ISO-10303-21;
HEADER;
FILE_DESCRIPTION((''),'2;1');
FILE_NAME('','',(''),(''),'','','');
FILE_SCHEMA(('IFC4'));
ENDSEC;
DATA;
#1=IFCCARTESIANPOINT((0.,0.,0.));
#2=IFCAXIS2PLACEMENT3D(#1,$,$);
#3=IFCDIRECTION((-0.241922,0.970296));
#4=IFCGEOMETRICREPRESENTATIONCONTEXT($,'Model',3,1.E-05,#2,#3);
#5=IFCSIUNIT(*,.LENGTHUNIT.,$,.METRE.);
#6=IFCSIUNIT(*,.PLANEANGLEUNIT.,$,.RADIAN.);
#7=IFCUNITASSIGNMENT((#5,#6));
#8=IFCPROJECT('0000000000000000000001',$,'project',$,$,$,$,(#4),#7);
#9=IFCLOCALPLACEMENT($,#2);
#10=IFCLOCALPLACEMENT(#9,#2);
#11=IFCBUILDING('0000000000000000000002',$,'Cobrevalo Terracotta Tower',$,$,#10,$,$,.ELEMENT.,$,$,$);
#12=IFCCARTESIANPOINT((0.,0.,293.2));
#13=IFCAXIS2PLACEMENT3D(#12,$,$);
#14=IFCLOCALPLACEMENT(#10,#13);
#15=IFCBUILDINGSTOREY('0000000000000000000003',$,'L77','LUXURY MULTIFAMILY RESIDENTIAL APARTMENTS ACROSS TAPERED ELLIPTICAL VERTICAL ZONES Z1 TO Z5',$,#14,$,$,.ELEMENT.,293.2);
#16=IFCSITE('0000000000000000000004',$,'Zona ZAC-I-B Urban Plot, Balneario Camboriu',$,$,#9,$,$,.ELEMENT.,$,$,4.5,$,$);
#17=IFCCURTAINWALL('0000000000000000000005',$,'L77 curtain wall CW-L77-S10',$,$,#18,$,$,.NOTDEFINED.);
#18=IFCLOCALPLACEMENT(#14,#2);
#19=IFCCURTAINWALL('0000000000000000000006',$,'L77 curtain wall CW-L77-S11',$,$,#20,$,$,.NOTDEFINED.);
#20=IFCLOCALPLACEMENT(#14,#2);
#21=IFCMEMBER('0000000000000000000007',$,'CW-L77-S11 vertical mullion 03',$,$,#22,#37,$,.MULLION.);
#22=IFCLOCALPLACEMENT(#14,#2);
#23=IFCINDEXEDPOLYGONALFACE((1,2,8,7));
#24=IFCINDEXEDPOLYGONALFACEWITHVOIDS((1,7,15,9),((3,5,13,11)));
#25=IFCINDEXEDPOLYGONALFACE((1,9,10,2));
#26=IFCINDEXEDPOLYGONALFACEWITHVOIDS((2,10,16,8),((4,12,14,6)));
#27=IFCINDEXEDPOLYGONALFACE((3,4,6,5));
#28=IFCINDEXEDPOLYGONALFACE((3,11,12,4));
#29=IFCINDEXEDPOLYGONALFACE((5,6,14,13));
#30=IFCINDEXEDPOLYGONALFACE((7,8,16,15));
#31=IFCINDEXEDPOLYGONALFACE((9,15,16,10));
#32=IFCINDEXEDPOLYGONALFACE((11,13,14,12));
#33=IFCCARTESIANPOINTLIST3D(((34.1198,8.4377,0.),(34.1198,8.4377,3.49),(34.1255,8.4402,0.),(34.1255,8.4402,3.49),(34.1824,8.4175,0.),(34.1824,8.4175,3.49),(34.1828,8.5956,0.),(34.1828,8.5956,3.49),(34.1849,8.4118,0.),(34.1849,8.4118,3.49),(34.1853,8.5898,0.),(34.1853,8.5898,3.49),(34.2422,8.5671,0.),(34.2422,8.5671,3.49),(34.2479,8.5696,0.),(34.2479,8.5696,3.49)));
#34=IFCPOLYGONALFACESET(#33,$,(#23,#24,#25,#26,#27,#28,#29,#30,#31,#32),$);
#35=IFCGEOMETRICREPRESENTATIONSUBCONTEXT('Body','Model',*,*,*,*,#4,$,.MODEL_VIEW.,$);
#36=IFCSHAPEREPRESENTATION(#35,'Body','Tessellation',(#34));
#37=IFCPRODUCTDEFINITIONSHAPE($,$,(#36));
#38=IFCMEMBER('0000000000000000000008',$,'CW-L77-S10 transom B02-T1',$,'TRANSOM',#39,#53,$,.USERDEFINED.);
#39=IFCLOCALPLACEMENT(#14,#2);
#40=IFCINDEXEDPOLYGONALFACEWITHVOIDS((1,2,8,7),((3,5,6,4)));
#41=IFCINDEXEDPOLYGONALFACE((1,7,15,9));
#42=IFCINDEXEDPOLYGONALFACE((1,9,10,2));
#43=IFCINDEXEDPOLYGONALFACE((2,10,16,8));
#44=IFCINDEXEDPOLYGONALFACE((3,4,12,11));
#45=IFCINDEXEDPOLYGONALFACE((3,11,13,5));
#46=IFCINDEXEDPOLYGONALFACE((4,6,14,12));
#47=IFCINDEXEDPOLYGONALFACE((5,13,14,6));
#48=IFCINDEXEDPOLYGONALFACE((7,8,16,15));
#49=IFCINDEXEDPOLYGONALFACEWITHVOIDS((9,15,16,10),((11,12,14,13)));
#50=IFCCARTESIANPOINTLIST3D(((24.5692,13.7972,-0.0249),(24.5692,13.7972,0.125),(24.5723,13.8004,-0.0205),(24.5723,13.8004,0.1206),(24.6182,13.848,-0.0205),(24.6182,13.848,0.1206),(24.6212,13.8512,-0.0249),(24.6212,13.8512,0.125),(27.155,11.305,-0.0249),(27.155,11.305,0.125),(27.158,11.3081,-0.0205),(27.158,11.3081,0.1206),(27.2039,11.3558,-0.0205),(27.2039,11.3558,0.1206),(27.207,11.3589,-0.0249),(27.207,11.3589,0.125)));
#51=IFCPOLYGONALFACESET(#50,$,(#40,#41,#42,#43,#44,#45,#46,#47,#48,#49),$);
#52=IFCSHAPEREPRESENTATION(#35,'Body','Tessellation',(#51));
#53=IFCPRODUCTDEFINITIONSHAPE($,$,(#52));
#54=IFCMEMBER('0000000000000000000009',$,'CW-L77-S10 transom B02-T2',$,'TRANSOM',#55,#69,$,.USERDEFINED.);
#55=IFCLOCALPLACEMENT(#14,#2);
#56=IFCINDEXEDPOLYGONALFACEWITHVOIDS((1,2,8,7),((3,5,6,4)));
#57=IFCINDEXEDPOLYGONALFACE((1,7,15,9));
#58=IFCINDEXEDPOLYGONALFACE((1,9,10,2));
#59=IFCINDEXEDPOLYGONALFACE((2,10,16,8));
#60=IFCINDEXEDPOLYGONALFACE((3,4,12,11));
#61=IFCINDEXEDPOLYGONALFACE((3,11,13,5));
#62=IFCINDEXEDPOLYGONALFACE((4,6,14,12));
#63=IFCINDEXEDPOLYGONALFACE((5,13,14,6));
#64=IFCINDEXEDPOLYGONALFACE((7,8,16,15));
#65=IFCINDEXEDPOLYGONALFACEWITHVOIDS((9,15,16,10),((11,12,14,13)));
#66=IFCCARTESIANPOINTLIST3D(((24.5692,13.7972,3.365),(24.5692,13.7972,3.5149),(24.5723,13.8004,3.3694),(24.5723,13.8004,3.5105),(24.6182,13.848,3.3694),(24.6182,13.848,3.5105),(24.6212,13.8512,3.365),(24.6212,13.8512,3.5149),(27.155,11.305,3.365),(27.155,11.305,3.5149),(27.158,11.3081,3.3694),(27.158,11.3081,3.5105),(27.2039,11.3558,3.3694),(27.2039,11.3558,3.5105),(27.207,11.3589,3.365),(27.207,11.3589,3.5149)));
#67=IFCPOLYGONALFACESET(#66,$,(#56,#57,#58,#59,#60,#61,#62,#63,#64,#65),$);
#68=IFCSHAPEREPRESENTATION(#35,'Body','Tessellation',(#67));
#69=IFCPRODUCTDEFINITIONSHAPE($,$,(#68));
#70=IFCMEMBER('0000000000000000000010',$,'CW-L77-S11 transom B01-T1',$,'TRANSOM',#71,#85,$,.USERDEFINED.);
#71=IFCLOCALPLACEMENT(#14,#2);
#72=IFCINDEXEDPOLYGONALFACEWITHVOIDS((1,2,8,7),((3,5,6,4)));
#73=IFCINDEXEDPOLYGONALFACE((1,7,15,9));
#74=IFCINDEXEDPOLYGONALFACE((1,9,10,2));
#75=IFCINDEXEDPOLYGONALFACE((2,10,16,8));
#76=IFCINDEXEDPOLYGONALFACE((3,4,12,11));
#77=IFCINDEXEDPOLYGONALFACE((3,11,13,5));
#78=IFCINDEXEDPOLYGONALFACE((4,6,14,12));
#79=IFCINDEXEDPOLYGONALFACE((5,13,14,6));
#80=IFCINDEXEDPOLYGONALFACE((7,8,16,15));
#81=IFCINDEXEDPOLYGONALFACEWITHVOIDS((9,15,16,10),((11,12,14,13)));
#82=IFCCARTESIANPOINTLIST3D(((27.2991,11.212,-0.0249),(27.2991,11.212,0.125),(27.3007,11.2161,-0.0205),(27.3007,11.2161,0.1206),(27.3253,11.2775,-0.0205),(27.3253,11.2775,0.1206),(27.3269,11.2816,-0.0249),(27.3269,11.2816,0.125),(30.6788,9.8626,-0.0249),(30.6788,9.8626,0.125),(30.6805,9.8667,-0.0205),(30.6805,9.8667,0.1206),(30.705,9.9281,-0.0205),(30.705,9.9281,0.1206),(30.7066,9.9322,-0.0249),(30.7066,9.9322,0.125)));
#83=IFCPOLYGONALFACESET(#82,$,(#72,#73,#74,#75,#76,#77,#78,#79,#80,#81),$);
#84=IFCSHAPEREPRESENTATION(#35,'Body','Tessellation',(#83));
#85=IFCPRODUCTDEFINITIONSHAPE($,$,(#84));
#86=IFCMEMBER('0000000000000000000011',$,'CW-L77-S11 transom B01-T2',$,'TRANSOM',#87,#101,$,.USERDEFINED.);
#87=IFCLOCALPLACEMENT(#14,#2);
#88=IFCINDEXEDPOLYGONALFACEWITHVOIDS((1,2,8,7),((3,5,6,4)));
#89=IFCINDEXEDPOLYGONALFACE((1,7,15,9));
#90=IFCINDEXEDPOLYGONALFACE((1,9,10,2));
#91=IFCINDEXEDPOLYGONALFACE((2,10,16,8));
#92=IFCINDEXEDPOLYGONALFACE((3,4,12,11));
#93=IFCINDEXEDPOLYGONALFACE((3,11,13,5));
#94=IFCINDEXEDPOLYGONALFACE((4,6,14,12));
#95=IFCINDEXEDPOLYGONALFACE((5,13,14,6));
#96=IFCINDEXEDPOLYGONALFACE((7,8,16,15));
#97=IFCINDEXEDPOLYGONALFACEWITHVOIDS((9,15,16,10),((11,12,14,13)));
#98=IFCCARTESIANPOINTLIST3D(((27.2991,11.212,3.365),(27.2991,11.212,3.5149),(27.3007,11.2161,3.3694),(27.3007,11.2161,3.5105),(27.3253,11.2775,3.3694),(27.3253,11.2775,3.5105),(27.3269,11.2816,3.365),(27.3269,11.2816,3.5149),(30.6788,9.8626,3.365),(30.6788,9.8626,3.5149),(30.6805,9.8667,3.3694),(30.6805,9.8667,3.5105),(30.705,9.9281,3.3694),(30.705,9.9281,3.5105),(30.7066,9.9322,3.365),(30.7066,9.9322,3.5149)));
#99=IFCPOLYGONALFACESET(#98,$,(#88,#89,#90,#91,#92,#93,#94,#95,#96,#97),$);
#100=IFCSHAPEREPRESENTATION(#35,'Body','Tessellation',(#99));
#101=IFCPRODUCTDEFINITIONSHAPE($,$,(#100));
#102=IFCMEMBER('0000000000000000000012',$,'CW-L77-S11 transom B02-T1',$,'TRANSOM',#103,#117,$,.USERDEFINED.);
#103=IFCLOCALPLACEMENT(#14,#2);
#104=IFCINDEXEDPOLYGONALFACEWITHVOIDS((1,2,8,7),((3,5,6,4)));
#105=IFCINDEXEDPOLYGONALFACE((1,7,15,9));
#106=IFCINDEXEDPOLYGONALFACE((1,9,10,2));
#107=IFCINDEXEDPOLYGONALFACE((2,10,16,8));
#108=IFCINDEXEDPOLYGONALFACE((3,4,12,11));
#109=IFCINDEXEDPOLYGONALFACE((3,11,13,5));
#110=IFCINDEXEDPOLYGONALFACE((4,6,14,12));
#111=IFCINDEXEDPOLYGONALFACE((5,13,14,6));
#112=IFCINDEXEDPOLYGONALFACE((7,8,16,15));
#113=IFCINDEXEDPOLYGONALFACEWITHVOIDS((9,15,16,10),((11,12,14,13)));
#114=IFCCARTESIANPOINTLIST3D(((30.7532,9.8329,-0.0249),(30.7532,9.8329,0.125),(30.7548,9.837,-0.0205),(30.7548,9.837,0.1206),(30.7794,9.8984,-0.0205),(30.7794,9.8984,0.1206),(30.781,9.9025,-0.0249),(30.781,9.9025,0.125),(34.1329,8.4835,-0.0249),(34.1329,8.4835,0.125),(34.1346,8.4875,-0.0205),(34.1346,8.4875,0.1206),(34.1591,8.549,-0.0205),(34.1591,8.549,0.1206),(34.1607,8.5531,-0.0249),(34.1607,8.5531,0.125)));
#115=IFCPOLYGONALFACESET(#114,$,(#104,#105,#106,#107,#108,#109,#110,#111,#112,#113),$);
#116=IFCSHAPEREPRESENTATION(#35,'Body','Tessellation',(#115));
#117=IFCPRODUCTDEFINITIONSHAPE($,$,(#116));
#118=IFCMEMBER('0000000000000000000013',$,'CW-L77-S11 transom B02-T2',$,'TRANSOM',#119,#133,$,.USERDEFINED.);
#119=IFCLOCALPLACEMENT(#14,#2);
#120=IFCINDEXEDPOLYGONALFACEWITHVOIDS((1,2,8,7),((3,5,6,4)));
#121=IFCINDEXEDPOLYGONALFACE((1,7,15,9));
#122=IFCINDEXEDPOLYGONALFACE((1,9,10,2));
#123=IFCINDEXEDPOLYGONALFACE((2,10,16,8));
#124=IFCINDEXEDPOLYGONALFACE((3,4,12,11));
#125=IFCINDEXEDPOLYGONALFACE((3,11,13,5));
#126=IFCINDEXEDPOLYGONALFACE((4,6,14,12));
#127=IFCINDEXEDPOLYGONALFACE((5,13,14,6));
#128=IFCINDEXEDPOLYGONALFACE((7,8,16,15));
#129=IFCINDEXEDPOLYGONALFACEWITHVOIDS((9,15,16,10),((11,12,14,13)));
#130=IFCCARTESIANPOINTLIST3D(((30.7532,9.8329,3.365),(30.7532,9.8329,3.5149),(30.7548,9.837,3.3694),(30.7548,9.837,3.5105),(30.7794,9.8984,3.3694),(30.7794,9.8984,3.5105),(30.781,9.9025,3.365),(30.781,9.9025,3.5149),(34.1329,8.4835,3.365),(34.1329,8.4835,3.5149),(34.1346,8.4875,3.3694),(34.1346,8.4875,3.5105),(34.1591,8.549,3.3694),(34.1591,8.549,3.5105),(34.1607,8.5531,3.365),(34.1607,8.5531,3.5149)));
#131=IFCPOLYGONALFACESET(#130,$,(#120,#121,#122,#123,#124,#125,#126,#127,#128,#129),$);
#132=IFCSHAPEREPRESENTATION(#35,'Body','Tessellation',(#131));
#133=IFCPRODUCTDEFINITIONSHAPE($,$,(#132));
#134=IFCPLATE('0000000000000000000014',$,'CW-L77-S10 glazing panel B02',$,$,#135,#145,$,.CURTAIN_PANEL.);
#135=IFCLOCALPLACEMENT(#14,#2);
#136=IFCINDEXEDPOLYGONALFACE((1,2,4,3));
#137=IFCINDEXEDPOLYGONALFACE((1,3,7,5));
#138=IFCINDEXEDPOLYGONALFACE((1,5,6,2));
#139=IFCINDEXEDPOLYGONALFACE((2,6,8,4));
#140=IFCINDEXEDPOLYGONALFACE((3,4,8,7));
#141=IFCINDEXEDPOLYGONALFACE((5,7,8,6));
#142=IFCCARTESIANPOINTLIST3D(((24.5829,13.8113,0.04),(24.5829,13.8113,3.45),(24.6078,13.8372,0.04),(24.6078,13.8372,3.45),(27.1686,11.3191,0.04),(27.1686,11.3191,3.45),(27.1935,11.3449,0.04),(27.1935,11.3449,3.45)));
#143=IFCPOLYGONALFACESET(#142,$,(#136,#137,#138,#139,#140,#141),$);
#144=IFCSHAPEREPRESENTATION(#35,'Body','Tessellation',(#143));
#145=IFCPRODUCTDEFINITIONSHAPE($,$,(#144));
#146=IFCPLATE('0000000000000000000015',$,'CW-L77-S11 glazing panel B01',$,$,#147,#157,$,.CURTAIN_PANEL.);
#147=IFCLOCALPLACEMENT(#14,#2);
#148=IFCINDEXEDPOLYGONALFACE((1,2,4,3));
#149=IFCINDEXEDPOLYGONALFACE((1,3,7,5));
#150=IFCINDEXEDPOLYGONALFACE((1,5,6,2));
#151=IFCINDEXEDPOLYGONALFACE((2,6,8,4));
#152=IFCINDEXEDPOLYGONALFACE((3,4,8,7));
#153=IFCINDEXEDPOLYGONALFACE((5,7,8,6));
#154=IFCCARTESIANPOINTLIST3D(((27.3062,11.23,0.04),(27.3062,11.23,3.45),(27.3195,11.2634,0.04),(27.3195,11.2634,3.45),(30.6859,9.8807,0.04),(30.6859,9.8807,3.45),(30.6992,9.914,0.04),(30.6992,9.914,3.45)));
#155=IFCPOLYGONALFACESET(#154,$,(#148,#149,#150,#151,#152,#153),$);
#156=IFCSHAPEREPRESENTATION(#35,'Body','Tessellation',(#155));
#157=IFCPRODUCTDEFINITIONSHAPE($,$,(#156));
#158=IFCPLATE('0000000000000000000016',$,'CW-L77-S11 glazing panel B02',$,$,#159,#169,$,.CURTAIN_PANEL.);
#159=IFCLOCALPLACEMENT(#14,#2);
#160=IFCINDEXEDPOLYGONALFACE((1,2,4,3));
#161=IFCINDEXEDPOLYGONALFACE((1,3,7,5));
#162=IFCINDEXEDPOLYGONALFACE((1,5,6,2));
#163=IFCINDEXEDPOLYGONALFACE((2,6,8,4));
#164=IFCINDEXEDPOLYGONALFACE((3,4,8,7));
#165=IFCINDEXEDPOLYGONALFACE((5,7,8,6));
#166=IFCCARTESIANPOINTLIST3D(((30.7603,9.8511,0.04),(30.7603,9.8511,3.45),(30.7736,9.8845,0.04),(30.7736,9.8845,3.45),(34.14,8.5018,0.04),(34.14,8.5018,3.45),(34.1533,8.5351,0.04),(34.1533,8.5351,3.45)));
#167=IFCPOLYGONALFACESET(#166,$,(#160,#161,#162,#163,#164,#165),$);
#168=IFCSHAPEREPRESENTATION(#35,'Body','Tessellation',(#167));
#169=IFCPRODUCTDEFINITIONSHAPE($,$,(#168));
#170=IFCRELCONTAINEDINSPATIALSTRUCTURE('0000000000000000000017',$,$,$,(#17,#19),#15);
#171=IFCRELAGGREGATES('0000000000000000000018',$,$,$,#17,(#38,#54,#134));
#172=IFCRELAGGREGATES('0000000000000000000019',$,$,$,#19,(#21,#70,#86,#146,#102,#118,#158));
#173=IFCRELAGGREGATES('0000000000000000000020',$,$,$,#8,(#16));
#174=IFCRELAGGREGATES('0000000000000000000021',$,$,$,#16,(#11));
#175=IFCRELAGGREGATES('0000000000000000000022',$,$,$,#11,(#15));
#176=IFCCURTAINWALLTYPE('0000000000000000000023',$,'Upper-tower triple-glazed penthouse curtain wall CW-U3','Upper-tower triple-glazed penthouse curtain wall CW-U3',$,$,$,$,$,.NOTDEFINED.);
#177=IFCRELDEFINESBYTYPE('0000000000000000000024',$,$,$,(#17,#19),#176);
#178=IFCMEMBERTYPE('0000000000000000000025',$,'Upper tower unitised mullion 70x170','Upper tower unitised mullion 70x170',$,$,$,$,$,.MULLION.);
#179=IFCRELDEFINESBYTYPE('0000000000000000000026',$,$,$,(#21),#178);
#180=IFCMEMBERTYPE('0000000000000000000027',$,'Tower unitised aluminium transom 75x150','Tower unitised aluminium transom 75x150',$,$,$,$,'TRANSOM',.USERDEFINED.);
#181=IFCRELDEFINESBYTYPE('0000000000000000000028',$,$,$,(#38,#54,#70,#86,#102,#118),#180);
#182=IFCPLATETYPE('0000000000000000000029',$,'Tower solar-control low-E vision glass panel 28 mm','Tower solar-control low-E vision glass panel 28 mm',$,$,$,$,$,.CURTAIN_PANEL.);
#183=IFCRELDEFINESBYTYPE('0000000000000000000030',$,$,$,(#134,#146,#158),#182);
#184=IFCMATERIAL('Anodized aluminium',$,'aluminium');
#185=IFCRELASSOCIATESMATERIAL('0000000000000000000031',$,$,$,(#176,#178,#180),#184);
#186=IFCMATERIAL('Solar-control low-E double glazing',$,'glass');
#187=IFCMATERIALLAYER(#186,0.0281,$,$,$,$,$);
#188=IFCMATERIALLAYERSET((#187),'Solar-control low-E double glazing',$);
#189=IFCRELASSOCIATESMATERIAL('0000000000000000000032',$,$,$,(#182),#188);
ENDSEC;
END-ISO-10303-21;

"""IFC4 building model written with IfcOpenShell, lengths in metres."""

from ifc_helpers import new_model, si_unit, direction, frame, origin, origin_2d, place, context, subcontext, project, spatial, rectangle, hollow_rectangle, extrude, source, transform, mapped, material, layer, layer_set, material_profile, profile_set, type_object, element, aggregate, save


model = new_model("IFC4")

# Units and contexts
model_context = context("Model", 3, precision=1e-05, world=origin(), true_north=direction((-0.241922, 0.970296)))
body_context = subcontext(model_context, "Body", "Model", "MODEL_VIEW")
ifc_project = project(units=[si_unit("LENGTHUNIT", "METRE"), si_unit("PLANEANGLEUNIT", "RADIAN")], contexts=[model_context])

# Site, building, storey
site_placement = place(None, origin())
site = spatial("IfcSite", under=ifc_project, at=site_placement, Name="Zona ZAC-I-B Urban Plot, Balneario Camboriu", CompositionType="ELEMENT", RefElevation=4.5)
building_placement = place(site_placement, origin())
building = spatial("IfcBuilding", under=site, at=building_placement, Name="Cobrevalo Terracotta Tower", CompositionType="ELEMENT")
storey_placement = place(building_placement, frame((0.0, 0.0, 293.2)))
storey = spatial("IfcBuildingStorey", under=building, at=storey_placement, Name="L77", Description="LUXURY MULTIFAMILY RESIDENTIAL APARTMENTS ACROSS TAPERED ELLIPTICAL VERTICAL ZONES Z1 TO Z5", CompositionType="ELEMENT", Elevation=293.2)

# Curtain wall
ifc_material_1 = material(Name="Anodized aluminium", Category="aluminium")
curtain_wall_type = type_object("IfcCurtainWallType", Name="Upper-tower triple-glazed penthouse curtain wall CW-U3", Description="Upper-tower triple-glazed penthouse curtain wall CW-U3", PredefinedType="NOTDEFINED", material=ifc_material_1)
curtain_wall_1_placement = place(storey_placement, origin())
curtain_wall_1 = element("IfcCurtainWall", 1, at=curtain_wall_1_placement, inside=storey, type_object=curtain_wall_type, Name="L77 curtain wall CW-L77-S10", PredefinedType="NOTDEFINED")
ifc_material_profile_1 = material_profile(ifc_material_1, hollow_rectangle(XDim=0.0701, YDim=0.1699, WallThickness=0.0044, at=origin_2d()), Name="CWM 70x170")
ifc_profile_set_1 = profile_set([ifc_material_profile_1], Name="Anodized aluminium")
member_type_1 = type_object("IfcMemberType", Name="Upper tower unitised mullion 70x170", Description="Upper tower unitised mullion 70x170", PredefinedType="MULLION", material=ifc_profile_set_1)
shared_shape_1 = source(origin(), body_context, "Body", "SweptSolid", [
    extrude(hollow_rectangle(XDim=0.0701, YDim=0.1699, WallThickness=0.0044, at=origin_2d()), origin(), (0.0, 0.0, 1.0), 3.49),
])

# Curtain wall, member
curtain_wall_2_placement = place(storey_placement, origin())
curtain_wall_2 = element("IfcCurtainWall", 2, at=curtain_wall_2_placement, inside=storey, type_object=curtain_wall_type, Name="L77 curtain wall CW-L77-S11", PredefinedType="NOTDEFINED")
member_1_placement = place(storey_placement, frame((34.1838, 8.5037, 0.0), z_axis=(0.0, 0.0, 1.0), x_axis=(0.928719, -0.370784, 0.0)))
member_1 = element("IfcMember", 3, at=member_1_placement, type_object=member_type_1, Name="CW-L77-S11 vertical mullion 03", PredefinedType="MULLION", context=body_context, shape_type="MappedRepresentation", body=[
    mapped(shared_shape_1, transform((0.0, 0.0, 0.0), scale=1.0)),
])

# Members
ifc_material_profile_2 = material_profile(ifc_material_1, hollow_rectangle(XDim=0.075, YDim=0.1499, WallThickness=0.0044, at=origin_2d()), Name="CWT 75x150")
ifc_profile_set_2 = profile_set([ifc_material_profile_2], Name="Anodized aluminium")
member_type_2 = type_object("IfcMemberType", Name="Tower unitised aluminium transom 75x150", Description="Tower unitised aluminium transom 75x150", ElementType="TRANSOM", PredefinedType="USERDEFINED", material=ifc_profile_set_2)
shared_shape_2 = source(origin(), body_context, "Body", "SweptSolid", [
    extrude(hollow_rectangle(XDim=0.075, YDim=0.1499, WallThickness=0.0044, at=origin_2d()), origin(), (0.0, 0.0, 1.0), 3.5913),
])
member_2_placement = place(storey_placement, frame((24.5952, 13.8242, 0.05), z_axis=(0.720006, -0.693968, 0.0), x_axis=(0.693968, 0.720006, 0.0)))
member_2 = element("IfcMember", 4, at=member_2_placement, type_object=member_type_2, Name="CW-L77-S10 transom B02-T1", ObjectType="TRANSOM", PredefinedType="USERDEFINED", context=body_context, shape_type="MappedRepresentation", body=[
    mapped(shared_shape_2, transform((0.0, 0.0, 0.0), scale=1.0)),
])
member_3_placement = place(storey_placement, frame((24.5952, 13.8242, 3.4399), z_axis=(0.720006, -0.693968, 0.0), x_axis=(0.693968, 0.720006, 0.0)))
member_3 = element("IfcMember", 5, at=member_3_placement, type_object=member_type_2, Name="CW-L77-S10 transom B02-T2", ObjectType="TRANSOM", PredefinedType="USERDEFINED", context=body_context, shape_type="MappedRepresentation", body=[
    mapped(shared_shape_2, transform((0.0, 0.0, 0.0), scale=1.0)),
])
shared_shape_3 = source(origin(), body_context, "Body", "SweptSolid", [
    extrude(hollow_rectangle(XDim=0.075, YDim=0.1499, WallThickness=0.0044, at=origin_2d()), origin(), (0.0, 0.0, 1.0), 3.6392),
])
member_4_placement = place(storey_placement, frame((27.313, 11.2468, 0.05), z_axis=(0.928712, -0.370801, 0.0), x_axis=(0.370801, 0.928712, 0.0)))
member_4 = element("IfcMember", 6, at=member_4_placement, type_object=member_type_2, Name="CW-L77-S11 transom B01-T1", ObjectType="TRANSOM", PredefinedType="USERDEFINED", context=body_context, shape_type="MappedRepresentation", body=[
    mapped(shared_shape_3, transform((0.0, 0.0, 0.0), scale=1.0)),
])
member_5_placement = place(storey_placement, frame((27.313, 11.2468, 3.4399), z_axis=(0.928712, -0.370801, 0.0), x_axis=(0.370801, 0.928712, 0.0)))
member_5 = element("IfcMember", 7, at=member_5_placement, type_object=member_type_2, Name="CW-L77-S11 transom B01-T2", ObjectType="TRANSOM", PredefinedType="USERDEFINED", context=body_context, shape_type="MappedRepresentation", body=[
    mapped(shared_shape_3, transform((0.0, 0.0, 0.0), scale=1.0)),
])
member_6_placement = place(storey_placement, frame((30.7671, 9.8677, 0.05), z_axis=(0.928712, -0.370801, 0.0), x_axis=(0.370801, 0.928712, 0.0)))
member_6 = element("IfcMember", 8, at=member_6_placement, type_object=member_type_2, Name="CW-L77-S11 transom B02-T1", ObjectType="TRANSOM", PredefinedType="USERDEFINED", context=body_context, shape_type="MappedRepresentation", body=[
    mapped(shared_shape_3, transform((0.0, 0.0, 0.0), scale=1.0)),
])
member_7_placement = place(storey_placement, frame((30.7671, 9.8677, 3.4399), z_axis=(0.928712, -0.370801, 0.0), x_axis=(0.370801, 0.928712, 0.0)))
member_7 = element("IfcMember", 9, at=member_7_placement, type_object=member_type_2, Name="CW-L77-S11 transom B02-T2", ObjectType="TRANSOM", PredefinedType="USERDEFINED", context=body_context, shape_type="MappedRepresentation", body=[
    mapped(shared_shape_3, transform((0.0, 0.0, 0.0), scale=1.0)),
])

# Plates
ifc_material_2 = material(Name="Solar-control low-E double glazing", Category="glass")
ifc_layer_1 = layer(ifc_material_2, 0.0281)
ifc_layer_set_1 = layer_set([ifc_layer_1], Name="Solar-control low-E double glazing")
plate_type = type_object("IfcPlateType", Name="Tower solar-control low-E vision glass panel 28 mm", Description="Tower solar-control low-E vision glass panel 28 mm", PredefinedType="CURTAIN_PANEL", material=ifc_layer_set_1)
shared_shape_4 = source(origin(), body_context, "Body", "SweptSolid", [
    extrude(rectangle(XDim=3.5913, YDim=0.0359, at=origin_2d()), origin(), (0.0, 0.0, 1.0), 3.4099),
])
plate_1_placement = place(storey_placement, frame((25.8882, 12.5781, 0.04), z_axis=(0.0, 0.0, 1.0), x_axis=(0.719997, -0.693978, 0.0)))
plate_1 = element("IfcPlate", 10, at=plate_1_placement, type_object=plate_type, Name="CW-L77-S10 glazing panel B02", PredefinedType="CURTAIN_PANEL", context=body_context, shape_type="MappedRepresentation", body=[
    mapped(shared_shape_4, transform((0.0, 0.0, 0.0), scale=1.0)),
])
aggregate(curtain_wall_1, [member_2, member_3, plate_1])
shared_shape_5 = source(origin(), body_context, "Body", "SweptSolid", [
    extrude(rectangle(XDim=3.6392, YDim=0.0359, at=origin_2d()), origin(), (0.0, 0.0, 1.0), 3.4099),
])
plate_2_placement = place(storey_placement, frame((29.0027, 10.572, 0.04), z_axis=(0.0, 0.0, 1.0), x_axis=(0.928718, -0.370786, 0.0)))
plate_2 = element("IfcPlate", 11, at=plate_2_placement, type_object=plate_type, Name="CW-L77-S11 glazing panel B01", PredefinedType="CURTAIN_PANEL", context=body_context, shape_type="MappedRepresentation", body=[
    mapped(shared_shape_5, transform((0.0, 0.0, 0.0), scale=1.0)),
])
plate_3_placement = place(storey_placement, frame((32.4568, 9.1931, 0.04), z_axis=(0.0, 0.0, 1.0), x_axis=(0.928718, -0.370786, 0.0)))
plate_3 = element("IfcPlate", 12, at=plate_3_placement, type_object=plate_type, Name="CW-L77-S11 glazing panel B02", PredefinedType="CURTAIN_PANEL", context=body_context, shape_type="MappedRepresentation", body=[
    mapped(shared_shape_5, transform((0.0, 0.0, 0.0), scale=1.0)),
])
aggregate(curtain_wall_2, [member_1, member_4, member_5, plate_2, member_6, member_7, plate_3])

save(model, "model.ifc")
